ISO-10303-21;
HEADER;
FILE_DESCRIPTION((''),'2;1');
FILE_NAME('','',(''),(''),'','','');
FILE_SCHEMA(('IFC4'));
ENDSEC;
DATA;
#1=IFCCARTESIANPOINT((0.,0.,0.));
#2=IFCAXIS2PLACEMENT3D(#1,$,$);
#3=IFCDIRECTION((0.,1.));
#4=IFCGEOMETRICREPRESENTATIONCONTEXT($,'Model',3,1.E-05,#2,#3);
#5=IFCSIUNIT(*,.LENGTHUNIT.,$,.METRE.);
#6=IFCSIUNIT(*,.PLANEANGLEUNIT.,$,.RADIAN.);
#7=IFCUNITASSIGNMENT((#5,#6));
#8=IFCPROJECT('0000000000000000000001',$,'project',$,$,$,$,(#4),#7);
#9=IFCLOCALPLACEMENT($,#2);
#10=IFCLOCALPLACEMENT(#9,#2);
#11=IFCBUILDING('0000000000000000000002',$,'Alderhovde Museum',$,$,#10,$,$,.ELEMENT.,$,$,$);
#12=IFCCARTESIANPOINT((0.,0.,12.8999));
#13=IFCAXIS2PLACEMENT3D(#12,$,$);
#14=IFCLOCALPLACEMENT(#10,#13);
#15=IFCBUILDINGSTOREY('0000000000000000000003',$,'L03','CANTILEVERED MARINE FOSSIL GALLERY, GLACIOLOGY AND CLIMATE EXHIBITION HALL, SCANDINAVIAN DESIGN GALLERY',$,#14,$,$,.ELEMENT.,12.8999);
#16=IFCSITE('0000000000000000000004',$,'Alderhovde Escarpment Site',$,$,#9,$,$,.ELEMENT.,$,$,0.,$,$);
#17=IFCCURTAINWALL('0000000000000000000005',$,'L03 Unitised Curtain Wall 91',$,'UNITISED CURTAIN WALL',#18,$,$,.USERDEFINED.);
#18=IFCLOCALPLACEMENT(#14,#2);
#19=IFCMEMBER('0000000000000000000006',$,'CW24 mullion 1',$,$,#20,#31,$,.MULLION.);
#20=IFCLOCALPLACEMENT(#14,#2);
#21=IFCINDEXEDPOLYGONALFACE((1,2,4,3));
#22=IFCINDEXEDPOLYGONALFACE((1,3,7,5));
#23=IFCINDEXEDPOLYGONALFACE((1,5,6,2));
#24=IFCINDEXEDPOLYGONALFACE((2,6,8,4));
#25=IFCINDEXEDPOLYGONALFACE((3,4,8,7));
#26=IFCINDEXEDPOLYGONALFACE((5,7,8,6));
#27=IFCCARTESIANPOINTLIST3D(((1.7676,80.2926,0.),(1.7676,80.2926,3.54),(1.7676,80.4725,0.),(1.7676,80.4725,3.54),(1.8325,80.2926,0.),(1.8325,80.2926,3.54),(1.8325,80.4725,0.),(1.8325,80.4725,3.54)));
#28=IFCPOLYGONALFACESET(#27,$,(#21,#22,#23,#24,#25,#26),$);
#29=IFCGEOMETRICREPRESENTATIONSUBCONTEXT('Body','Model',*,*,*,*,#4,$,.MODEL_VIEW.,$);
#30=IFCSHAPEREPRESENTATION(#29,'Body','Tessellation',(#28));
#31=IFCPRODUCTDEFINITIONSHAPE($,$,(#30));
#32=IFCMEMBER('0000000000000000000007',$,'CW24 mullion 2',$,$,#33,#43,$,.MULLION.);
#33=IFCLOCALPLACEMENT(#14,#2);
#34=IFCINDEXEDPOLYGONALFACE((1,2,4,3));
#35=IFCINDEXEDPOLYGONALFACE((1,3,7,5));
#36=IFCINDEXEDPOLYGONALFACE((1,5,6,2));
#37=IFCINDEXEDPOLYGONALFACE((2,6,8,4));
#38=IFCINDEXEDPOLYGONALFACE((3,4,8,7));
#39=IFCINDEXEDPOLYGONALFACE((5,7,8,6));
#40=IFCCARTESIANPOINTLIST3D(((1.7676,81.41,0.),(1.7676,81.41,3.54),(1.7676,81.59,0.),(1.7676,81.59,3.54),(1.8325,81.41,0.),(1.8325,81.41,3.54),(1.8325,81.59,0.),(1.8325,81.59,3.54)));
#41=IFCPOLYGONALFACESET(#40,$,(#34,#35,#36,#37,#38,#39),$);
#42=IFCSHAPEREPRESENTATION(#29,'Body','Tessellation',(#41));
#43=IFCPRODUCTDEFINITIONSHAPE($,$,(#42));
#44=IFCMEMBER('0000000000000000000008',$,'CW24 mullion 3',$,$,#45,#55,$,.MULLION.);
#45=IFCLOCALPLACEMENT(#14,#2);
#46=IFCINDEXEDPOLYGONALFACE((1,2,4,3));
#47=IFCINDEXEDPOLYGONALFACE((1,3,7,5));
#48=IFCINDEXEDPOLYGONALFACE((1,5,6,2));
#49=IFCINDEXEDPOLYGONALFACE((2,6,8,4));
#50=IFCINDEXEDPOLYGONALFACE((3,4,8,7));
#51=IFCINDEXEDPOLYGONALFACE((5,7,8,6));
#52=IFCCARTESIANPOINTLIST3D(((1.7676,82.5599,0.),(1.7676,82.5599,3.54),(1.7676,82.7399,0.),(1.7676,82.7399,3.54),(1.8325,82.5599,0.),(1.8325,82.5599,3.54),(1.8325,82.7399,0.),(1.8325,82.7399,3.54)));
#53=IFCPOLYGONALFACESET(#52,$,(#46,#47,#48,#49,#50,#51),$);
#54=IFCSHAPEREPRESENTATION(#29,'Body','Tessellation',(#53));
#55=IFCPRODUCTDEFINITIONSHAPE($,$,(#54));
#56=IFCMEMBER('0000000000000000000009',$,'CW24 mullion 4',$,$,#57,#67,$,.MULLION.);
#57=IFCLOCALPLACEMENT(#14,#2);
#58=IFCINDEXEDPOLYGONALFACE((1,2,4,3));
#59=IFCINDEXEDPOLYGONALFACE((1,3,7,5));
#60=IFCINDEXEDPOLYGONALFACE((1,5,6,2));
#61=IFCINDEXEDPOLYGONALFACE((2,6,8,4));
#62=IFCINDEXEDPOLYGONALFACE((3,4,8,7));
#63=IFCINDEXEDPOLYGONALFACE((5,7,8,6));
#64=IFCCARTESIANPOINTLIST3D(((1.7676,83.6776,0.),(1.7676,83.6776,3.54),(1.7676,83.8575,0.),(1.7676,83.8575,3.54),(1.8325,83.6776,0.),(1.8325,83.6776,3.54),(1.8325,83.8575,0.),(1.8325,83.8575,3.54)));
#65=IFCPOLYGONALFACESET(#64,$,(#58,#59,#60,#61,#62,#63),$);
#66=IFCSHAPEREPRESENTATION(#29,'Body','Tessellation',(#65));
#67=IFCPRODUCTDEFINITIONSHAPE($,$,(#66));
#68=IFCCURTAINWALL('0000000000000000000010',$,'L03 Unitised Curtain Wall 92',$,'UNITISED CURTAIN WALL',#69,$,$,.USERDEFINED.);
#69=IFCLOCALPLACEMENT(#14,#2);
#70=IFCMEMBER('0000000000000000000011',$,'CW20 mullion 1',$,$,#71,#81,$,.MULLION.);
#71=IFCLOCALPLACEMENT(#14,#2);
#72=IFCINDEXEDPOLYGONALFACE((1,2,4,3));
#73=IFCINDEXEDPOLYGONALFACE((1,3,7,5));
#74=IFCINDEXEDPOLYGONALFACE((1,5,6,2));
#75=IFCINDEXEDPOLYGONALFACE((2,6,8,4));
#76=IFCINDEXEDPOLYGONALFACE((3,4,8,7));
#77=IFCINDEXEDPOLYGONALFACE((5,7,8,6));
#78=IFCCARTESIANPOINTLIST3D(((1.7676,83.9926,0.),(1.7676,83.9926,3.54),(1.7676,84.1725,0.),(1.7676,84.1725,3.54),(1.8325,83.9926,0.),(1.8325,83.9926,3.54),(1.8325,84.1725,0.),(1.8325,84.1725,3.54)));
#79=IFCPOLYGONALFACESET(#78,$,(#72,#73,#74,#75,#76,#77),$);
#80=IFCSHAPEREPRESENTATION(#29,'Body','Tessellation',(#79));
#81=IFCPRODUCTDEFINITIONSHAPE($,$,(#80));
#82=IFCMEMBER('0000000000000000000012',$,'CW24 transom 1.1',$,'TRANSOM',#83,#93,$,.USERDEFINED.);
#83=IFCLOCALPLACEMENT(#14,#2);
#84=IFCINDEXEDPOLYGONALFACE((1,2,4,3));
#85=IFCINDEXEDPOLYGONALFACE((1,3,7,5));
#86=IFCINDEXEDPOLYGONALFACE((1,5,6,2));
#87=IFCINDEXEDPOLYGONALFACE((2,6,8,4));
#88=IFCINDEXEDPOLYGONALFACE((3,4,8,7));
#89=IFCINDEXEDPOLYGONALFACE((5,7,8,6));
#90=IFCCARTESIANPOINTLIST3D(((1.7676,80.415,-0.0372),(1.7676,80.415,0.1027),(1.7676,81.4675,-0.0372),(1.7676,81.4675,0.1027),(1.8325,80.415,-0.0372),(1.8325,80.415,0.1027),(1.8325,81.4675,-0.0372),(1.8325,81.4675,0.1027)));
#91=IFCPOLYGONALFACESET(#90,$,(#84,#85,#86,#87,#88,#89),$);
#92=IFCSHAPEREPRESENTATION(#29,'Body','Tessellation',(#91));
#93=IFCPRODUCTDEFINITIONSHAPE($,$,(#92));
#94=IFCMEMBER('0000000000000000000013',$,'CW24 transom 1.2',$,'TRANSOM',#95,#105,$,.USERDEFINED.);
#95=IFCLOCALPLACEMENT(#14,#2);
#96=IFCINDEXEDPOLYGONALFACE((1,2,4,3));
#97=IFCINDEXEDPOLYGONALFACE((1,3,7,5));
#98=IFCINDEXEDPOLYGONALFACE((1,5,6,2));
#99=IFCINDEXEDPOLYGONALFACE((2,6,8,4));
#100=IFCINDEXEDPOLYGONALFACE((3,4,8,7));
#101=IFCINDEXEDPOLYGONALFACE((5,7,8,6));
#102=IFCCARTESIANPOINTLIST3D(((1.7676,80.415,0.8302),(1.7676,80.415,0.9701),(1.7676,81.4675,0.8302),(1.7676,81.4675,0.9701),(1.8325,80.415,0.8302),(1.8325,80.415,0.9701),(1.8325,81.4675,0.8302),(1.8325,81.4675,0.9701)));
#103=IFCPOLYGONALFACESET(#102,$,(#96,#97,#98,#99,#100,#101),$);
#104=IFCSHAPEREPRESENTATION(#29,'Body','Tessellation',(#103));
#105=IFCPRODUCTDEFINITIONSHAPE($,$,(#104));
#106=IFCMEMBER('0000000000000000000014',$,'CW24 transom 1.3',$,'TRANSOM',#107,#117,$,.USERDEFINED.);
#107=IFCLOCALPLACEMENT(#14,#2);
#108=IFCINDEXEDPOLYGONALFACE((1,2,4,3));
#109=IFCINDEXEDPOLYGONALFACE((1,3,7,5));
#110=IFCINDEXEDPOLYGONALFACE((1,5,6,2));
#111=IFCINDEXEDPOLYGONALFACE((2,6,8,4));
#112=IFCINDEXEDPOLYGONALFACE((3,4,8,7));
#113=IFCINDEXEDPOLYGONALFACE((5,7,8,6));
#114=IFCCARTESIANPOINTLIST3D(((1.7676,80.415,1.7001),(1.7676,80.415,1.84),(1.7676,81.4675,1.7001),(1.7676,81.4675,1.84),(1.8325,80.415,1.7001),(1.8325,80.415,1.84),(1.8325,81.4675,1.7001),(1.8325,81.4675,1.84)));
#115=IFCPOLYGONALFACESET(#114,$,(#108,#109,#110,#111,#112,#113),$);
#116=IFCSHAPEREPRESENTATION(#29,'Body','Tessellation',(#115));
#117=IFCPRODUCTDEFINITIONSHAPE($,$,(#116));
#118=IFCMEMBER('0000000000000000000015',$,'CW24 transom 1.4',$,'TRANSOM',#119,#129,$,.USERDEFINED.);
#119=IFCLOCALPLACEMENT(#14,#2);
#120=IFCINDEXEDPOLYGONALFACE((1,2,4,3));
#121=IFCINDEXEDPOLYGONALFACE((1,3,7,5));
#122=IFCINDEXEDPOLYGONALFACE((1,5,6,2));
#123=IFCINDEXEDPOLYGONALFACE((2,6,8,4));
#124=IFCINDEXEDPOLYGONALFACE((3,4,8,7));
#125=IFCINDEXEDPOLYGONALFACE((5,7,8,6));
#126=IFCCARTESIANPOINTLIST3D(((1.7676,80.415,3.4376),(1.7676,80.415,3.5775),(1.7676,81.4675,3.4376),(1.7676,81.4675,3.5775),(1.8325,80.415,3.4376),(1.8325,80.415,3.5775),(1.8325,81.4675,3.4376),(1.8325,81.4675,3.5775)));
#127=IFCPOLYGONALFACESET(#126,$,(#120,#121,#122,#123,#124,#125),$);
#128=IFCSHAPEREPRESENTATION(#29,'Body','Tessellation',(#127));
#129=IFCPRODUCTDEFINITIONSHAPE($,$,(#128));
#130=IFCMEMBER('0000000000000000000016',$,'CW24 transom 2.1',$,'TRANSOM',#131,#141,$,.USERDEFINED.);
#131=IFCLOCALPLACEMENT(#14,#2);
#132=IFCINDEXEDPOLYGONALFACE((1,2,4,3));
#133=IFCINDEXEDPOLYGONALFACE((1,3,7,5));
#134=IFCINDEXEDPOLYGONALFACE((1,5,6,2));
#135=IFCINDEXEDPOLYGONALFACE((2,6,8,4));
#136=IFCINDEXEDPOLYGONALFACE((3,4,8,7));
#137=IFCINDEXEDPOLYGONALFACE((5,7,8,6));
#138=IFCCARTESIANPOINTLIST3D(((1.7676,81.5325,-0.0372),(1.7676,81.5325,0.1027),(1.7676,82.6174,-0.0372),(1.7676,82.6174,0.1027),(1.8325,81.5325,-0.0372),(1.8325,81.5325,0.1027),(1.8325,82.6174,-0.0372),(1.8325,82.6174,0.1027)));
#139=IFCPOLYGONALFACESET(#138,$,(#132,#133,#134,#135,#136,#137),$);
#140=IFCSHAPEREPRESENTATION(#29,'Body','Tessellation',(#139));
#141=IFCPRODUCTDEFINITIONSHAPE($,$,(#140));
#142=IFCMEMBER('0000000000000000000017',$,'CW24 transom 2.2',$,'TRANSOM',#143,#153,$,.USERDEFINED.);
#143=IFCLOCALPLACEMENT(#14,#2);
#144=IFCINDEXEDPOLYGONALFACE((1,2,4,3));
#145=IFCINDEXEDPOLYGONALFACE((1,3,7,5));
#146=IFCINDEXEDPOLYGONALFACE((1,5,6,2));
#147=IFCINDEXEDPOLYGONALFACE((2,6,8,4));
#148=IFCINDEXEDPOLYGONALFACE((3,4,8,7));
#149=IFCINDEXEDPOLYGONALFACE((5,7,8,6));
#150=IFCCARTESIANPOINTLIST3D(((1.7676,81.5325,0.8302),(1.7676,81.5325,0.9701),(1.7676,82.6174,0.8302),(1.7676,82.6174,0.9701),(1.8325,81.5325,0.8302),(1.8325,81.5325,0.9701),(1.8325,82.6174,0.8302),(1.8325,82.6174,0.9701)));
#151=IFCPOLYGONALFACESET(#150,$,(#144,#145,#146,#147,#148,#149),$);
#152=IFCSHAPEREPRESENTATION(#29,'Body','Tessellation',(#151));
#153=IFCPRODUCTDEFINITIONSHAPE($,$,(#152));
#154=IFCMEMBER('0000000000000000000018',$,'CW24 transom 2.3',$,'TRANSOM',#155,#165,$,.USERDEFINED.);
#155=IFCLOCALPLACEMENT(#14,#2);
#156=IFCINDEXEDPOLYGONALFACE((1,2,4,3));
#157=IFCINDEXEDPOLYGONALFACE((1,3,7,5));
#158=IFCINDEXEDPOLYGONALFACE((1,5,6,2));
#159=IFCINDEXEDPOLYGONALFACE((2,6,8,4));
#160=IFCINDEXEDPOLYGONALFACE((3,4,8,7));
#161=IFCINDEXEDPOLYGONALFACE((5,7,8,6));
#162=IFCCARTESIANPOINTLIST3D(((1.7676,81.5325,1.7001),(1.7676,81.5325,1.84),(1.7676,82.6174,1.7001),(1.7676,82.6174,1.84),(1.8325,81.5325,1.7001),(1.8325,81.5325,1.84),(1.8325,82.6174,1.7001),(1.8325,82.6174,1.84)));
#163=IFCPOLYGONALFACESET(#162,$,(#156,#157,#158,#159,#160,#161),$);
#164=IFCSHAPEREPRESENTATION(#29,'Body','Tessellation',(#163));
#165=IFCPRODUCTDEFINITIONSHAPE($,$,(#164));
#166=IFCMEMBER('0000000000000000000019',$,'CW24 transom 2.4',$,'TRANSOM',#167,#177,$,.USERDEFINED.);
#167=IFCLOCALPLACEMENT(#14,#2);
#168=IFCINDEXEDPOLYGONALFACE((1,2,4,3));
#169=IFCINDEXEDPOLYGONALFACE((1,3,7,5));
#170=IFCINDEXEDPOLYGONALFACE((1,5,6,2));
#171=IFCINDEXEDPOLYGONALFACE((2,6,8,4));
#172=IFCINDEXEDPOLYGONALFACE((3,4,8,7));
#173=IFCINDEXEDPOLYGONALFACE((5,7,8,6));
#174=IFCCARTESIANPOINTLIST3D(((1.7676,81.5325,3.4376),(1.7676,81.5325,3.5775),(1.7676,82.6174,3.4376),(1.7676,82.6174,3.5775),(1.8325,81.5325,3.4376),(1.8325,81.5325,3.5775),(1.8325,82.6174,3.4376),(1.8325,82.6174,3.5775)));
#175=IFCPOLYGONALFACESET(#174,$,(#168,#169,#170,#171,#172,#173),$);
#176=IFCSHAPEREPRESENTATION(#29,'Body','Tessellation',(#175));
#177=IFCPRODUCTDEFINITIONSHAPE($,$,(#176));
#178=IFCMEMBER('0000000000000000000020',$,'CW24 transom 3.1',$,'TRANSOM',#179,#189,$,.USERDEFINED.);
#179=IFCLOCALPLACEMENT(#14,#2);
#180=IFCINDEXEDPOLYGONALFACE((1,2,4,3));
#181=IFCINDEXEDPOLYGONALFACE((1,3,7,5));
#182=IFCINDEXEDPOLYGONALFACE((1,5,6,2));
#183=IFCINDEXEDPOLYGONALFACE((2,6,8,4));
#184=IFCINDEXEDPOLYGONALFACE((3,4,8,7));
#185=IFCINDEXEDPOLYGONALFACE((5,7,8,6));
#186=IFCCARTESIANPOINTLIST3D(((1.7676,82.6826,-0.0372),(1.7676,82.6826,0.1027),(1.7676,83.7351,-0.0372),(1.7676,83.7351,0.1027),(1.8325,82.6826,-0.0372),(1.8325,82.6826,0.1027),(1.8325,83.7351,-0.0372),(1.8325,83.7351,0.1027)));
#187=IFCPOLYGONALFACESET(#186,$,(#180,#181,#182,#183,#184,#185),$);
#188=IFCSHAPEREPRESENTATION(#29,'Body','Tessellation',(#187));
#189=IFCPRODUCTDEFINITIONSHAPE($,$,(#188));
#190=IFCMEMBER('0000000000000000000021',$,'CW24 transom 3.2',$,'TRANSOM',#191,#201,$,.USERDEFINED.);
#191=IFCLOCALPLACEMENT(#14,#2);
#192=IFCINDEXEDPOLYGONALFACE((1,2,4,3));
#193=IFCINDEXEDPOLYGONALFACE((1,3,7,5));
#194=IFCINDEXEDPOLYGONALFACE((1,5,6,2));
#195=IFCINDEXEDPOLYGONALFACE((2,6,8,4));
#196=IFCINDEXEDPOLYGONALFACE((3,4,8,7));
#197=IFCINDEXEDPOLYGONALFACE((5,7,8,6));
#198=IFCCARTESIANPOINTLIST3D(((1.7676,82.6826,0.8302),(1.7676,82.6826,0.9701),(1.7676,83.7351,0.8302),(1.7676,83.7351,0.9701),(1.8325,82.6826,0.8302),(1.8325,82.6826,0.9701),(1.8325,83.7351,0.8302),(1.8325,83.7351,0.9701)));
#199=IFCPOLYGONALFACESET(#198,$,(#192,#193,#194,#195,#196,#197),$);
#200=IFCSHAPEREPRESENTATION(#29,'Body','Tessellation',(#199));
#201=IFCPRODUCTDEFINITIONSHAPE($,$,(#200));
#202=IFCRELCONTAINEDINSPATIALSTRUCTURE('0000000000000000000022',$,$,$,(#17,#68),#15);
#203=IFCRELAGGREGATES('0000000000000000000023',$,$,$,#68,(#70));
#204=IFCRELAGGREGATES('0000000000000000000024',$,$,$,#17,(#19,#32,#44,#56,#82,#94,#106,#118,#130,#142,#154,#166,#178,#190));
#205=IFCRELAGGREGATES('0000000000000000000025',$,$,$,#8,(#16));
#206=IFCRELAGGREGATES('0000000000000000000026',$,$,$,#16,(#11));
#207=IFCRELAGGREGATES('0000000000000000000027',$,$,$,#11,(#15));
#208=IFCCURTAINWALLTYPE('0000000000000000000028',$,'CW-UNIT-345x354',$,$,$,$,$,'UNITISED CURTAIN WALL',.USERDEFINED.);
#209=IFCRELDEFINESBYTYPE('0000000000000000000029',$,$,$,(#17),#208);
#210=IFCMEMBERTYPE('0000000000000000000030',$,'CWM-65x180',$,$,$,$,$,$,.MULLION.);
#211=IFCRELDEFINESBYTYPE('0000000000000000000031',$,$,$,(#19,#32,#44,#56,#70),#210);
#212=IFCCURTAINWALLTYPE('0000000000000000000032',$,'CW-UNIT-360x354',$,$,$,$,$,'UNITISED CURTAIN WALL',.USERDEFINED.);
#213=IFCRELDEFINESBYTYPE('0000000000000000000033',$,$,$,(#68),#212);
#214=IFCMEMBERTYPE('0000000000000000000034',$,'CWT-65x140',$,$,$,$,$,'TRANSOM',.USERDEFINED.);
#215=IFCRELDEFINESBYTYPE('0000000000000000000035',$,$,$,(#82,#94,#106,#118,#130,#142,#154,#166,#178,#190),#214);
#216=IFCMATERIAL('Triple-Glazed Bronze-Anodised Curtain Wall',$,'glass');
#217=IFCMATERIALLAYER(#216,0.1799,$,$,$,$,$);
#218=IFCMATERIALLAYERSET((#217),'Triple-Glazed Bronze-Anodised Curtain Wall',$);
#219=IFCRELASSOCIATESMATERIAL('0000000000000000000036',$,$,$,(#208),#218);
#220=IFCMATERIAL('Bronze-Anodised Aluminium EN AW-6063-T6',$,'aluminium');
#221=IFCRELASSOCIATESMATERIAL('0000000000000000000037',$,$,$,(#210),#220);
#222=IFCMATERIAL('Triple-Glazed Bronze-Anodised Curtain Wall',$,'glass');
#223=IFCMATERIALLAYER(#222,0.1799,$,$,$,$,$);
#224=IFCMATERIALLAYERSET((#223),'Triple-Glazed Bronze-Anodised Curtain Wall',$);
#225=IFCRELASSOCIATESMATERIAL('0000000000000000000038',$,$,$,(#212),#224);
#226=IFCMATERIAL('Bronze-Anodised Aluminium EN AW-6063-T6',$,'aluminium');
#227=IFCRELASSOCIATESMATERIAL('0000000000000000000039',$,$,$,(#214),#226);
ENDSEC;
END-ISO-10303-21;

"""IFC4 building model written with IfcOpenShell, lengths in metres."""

from ifc_helpers import new_model, si_unit, direction, frame, origin, origin_2d, place, context, subcontext, project, spatial, rectangle, extrude, material, layer, layer_set, material_profile, profile_set, type_object, element, aggregate, save


model = new_model("IFC4")

# Units and contexts
model_context = context("Model", 3, precision=1e-05, world=origin(), true_north=direction((0.0, 1.0)))
body_context = subcontext(model_context, "Body", "Model", "MODEL_VIEW")
ifc_project = project(units=[si_unit("LENGTHUNIT", "METRE"), si_unit("PLANEANGLEUNIT", "RADIAN")], contexts=[model_context])

# Site, building, storey
site_placement = place(None, origin())
site = spatial("IfcSite", under=ifc_project, at=site_placement, Name="Alderhovde Escarpment Site", CompositionType="ELEMENT", RefElevation=0.0)
building_placement = place(site_placement, origin())
building = spatial("IfcBuilding", under=site, at=building_placement, Name="Alderhovde Museum", CompositionType="ELEMENT")
storey_placement = place(building_placement, frame((0.0, 0.0, 12.8999)))
storey = spatial("IfcBuildingStorey", under=building, at=storey_placement, Name="L03", Description="CANTILEVERED MARINE FOSSIL GALLERY, GLACIOLOGY AND CLIMATE EXHIBITION HALL, SCANDINAVIAN DESIGN GALLERY", CompositionType="ELEMENT", Elevation=12.8999)

# Curtain wall, members
ifc_material_1 = material(Name="Triple-Glazed Bronze-Anodised Curtain Wall", Category="glass")
ifc_layer_1 = layer(ifc_material_1, 0.1799)
ifc_layer_set_1 = layer_set([ifc_layer_1], Name="Triple-Glazed Bronze-Anodised Curtain Wall")
curtain_wall_type_1 = type_object("IfcCurtainWallType", Name="CW-UNIT-345x354", ElementType="UNITISED CURTAIN WALL", PredefinedType="USERDEFINED", material=ifc_layer_set_1)
curtain_wall_1_placement = place(storey_placement, origin())
curtain_wall_1 = element("IfcCurtainWall", 1, at=curtain_wall_1_placement, inside=storey, type_object=curtain_wall_type_1, Name="L03 Unitised Curtain Wall 91", ObjectType="UNITISED CURTAIN WALL", PredefinedType="USERDEFINED")
ifc_material_2 = material(Name="Bronze-Anodised Aluminium EN AW-6063-T6", Category="aluminium")
ifc_material_profile_1 = material_profile(ifc_material_2, rectangle(XDim=0.0649, YDim=0.1799, at=origin_2d()), Name="MULLION 65x180")
ifc_profile_set_1 = profile_set([ifc_material_profile_1], Name="Bronze-Anodised Aluminium EN AW-6063-T6")
member_type_1 = type_object("IfcMemberType", Name="CWM-65x180", PredefinedType="MULLION", material=ifc_profile_set_1)
member_1_placement = place(storey_placement, frame((1.8, 80.3826, 0.0), z_axis=(0.0, 0.0, 1.0), x_axis=(-1.0, 0.0, 0.0)))
member_1 = element("IfcMember", 2, at=member_1_placement, type_object=member_type_1, Name="CW24 mullion 1", PredefinedType="MULLION", context=body_context, shape_type="SweptSolid", body=[
    extrude(rectangle(XDim=0.0649, YDim=0.1799, at=origin_2d()), origin(), (0.0, 0.0, 1.0), 3.54),
])
member_2_placement = place(storey_placement, frame((1.8, 81.5, 0.0), z_axis=(0.0, 0.0, 1.0), x_axis=(-1.0, 0.0, 0.0)))
member_2 = element("IfcMember", 3, at=member_2_placement, type_object=member_type_1, Name="CW24 mullion 2", PredefinedType="MULLION", context=body_context, shape_type="SweptSolid", body=[
    extrude(rectangle(XDim=0.0649, YDim=0.1799, at=origin_2d()), origin(), (0.0, 0.0, 1.0), 3.54),
])
member_3_placement = place(storey_placement, frame((1.8, 82.6499, 0.0), z_axis=(0.0, 0.0, 1.0), x_axis=(-1.0, 0.0, 0.0)))
member_3 = element("IfcMember", 4, at=member_3_placement, type_object=member_type_1, Name="CW24 mullion 3", PredefinedType="MULLION", context=body_context, shape_type="SweptSolid", body=[
    extrude(rectangle(XDim=0.0649, YDim=0.1799, at=origin_2d()), origin(), (0.0, 0.0, 1.0), 3.54),
])
member_4_placement = place(storey_placement, frame((1.8, 83.7676, 0.0), z_axis=(0.0, 0.0, 1.0), x_axis=(-1.0, 0.0, 0.0)))
member_4 = element("IfcMember", 5, at=member_4_placement, type_object=member_type_1, Name="CW24 mullion 4", PredefinedType="MULLION", context=body_context, shape_type="SweptSolid", body=[
    extrude(rectangle(XDim=0.0649, YDim=0.1799, at=origin_2d()), origin(), (0.0, 0.0, 1.0), 3.54),
])

# Curtain wall, member
ifc_material_3 = material(Name="Triple-Glazed Bronze-Anodised Curtain Wall", Category="glass")
ifc_layer_2 = layer(ifc_material_3, 0.1799)
ifc_layer_set_2 = layer_set([ifc_layer_2], Name="Triple-Glazed Bronze-Anodised Curtain Wall")
curtain_wall_type_2 = type_object("IfcCurtainWallType", Name="CW-UNIT-360x354", ElementType="UNITISED CURTAIN WALL", PredefinedType="USERDEFINED", material=ifc_layer_set_2)
curtain_wall_2_placement = place(storey_placement, origin())
curtain_wall_2 = element("IfcCurtainWall", 6, at=curtain_wall_2_placement, inside=storey, type_object=curtain_wall_type_2, Name="L03 Unitised Curtain Wall 92", ObjectType="UNITISED CURTAIN WALL", PredefinedType="USERDEFINED")
member_5_placement = place(storey_placement, frame((1.8, 84.0825, 0.0), z_axis=(0.0, 0.0, 1.0), x_axis=(-1.0, 0.0, 0.0)))
member_5 = element("IfcMember", 7, at=member_5_placement, type_object=member_type_1, Name="CW20 mullion 1", PredefinedType="MULLION", context=body_context, shape_type="SweptSolid", body=[
    extrude(rectangle(XDim=0.0649, YDim=0.1799, at=origin_2d()), origin(), (0.0, 0.0, 1.0), 3.54),
])

# Members
ifc_material_4 = material(Name="Bronze-Anodised Aluminium EN AW-6063-T6", Category="aluminium")
ifc_material_profile_2 = material_profile(ifc_material_4, rectangle(XDim=0.0649, YDim=0.1399, at=origin_2d()), Name="TRANSOM 65x140")
ifc_profile_set_2 = profile_set([ifc_material_profile_2], Name="Bronze-Anodised Aluminium EN AW-6063-T6")
member_type_2 = type_object("IfcMemberType", Name="CWT-65x140", ElementType="TRANSOM", PredefinedType="USERDEFINED", material=ifc_profile_set_2)
member_6_placement = place(storey_placement, frame((1.8, 80.415, 0.0327), z_axis=(0.0, 1.0, 0.0), x_axis=(-1.0, 0.0, 0.0)))
member_6 = element("IfcMember", 8, at=member_6_placement, type_object=member_type_2, Name="CW24 transom 1.1", ObjectType="TRANSOM", PredefinedType="USERDEFINED", context=body_context, shape_type="SweptSolid", body=[
    extrude(rectangle(XDim=0.0649, YDim=0.1399, at=origin_2d()), origin(), (0.0, 0.0, 1.0), 1.0525),
])
member_7_placement = place(storey_placement, frame((1.8, 80.415, 0.9001), z_axis=(0.0, 1.0, 0.0), x_axis=(-1.0, 0.0, 0.0)))
member_7 = element("IfcMember", 9, at=member_7_placement, type_object=member_type_2, Name="CW24 transom 1.2", ObjectType="TRANSOM", PredefinedType="USERDEFINED", context=body_context, shape_type="SweptSolid", body=[
    extrude(rectangle(XDim=0.0649, YDim=0.1399, at=origin_2d()), origin(), (0.0, 0.0, 1.0), 1.0525),
])
member_8_placement = place(storey_placement, frame((1.8, 80.415, 1.77), z_axis=(0.0, 1.0, 0.0), x_axis=(-1.0, 0.0, 0.0)))
member_8 = element("IfcMember", 10, at=member_8_placement, type_object=member_type_2, Name="CW24 transom 1.3", ObjectType="TRANSOM", PredefinedType="USERDEFINED", context=body_context, shape_type="SweptSolid", body=[
    extrude(rectangle(XDim=0.0649, YDim=0.1399, at=origin_2d()), origin(), (0.0, 0.0, 1.0), 1.0525),
])
member_9_placement = place(storey_placement, frame((1.8, 80.415, 3.5076), z_axis=(0.0, 1.0, 0.0), x_axis=(-1.0, 0.0, 0.0)))
member_9 = element("IfcMember", 11, at=member_9_placement, type_object=member_type_2, Name="CW24 transom 1.4", ObjectType="TRANSOM", PredefinedType="USERDEFINED", context=body_context, shape_type="SweptSolid", body=[
    extrude(rectangle(XDim=0.0649, YDim=0.1399, at=origin_2d()), origin(), (0.0, 0.0, 1.0), 1.0525),
])
member_10_placement = place(storey_placement, frame((1.8, 81.5325, 0.0327), z_axis=(0.0, 1.0, 0.0), x_axis=(-1.0, 0.0, 0.0)))
member_10 = element("IfcMember", 12, at=member_10_placement, type_object=member_type_2, Name="CW24 transom 2.1", ObjectType="TRANSOM", PredefinedType="USERDEFINED", context=body_context, shape_type="SweptSolid", body=[
    extrude(rectangle(XDim=0.0649, YDim=0.1399, at=origin_2d()), origin(), (0.0, 0.0, 1.0), 1.085),
])
member_11_placement = place(storey_placement, frame((1.8, 81.5325, 0.9001), z_axis=(0.0, 1.0, 0.0), x_axis=(-1.0, 0.0, 0.0)))
member_11 = element("IfcMember", 13, at=member_11_placement, type_object=member_type_2, Name="CW24 transom 2.2", ObjectType="TRANSOM", PredefinedType="USERDEFINED", context=body_context, shape_type="SweptSolid", body=[
    extrude(rectangle(XDim=0.0649, YDim=0.1399, at=origin_2d()), origin(), (0.0, 0.0, 1.0), 1.085),
])
member_12_placement = place(storey_placement, frame((1.8, 81.5325, 1.77), z_axis=(0.0, 1.0, 0.0), x_axis=(-1.0, 0.0, 0.0)))
member_12 = element("IfcMember", 14, at=member_12_placement, type_object=member_type_2, Name="CW24 transom 2.3", ObjectType="TRANSOM", PredefinedType="USERDEFINED", context=body_context, shape_type="SweptSolid", body=[
    extrude(rectangle(XDim=0.0649, YDim=0.1399, at=origin_2d()), origin(), (0.0, 0.0, 1.0), 1.085),
])
member_13_placement = place(storey_placement, frame((1.8, 81.5325, 3.5076), z_axis=(0.0, 1.0, 0.0), x_axis=(-1.0, 0.0, 0.0)))
member_13 = element("IfcMember", 15, at=member_13_placement, type_object=member_type_2, Name="CW24 transom 2.4", ObjectType="TRANSOM", PredefinedType="USERDEFINED", context=body_context, shape_type="SweptSolid", body=[
    extrude(rectangle(XDim=0.0649, YDim=0.1399, at=origin_2d()), origin(), (0.0, 0.0, 1.0), 1.085),
])
member_14_placement = place(storey_placement, frame((1.8, 82.6826, 0.0327), z_axis=(0.0, 1.0, 0.0), x_axis=(-1.0, 0.0, 0.0)))
member_14 = element("IfcMember", 16, at=member_14_placement, type_object=member_type_2, Name="CW24 transom 3.1", ObjectType="TRANSOM", PredefinedType="USERDEFINED", context=body_context, shape_type="SweptSolid", body=[
    extrude(rectangle(XDim=0.0649, YDim=0.1399, at=origin_2d()), origin(), (0.0, 0.0, 1.0), 1.0525),
])
member_15_placement = place(storey_placement, frame((1.8, 82.6826, 0.9001), z_axis=(0.0, 1.0, 0.0), x_axis=(-1.0, 0.0, 0.0)))
member_15 = element("IfcMember", 17, at=member_15_placement, type_object=member_type_2, Name="CW24 transom 3.2", ObjectType="TRANSOM", PredefinedType="USERDEFINED", context=body_context, shape_type="SweptSolid", body=[
    extrude(rectangle(XDim=0.0649, YDim=0.1399, at=origin_2d()), origin(), (0.0, 0.0, 1.0), 1.0525),
])

aggregate(curtain_wall_2, [member_5])
aggregate(curtain_wall_1, [member_1, member_2, member_3, member_4, member_6, member_7, member_8, member_9, member_10, member_11, member_12, member_13, member_14, member_15])

save(model, "model.ifc")
